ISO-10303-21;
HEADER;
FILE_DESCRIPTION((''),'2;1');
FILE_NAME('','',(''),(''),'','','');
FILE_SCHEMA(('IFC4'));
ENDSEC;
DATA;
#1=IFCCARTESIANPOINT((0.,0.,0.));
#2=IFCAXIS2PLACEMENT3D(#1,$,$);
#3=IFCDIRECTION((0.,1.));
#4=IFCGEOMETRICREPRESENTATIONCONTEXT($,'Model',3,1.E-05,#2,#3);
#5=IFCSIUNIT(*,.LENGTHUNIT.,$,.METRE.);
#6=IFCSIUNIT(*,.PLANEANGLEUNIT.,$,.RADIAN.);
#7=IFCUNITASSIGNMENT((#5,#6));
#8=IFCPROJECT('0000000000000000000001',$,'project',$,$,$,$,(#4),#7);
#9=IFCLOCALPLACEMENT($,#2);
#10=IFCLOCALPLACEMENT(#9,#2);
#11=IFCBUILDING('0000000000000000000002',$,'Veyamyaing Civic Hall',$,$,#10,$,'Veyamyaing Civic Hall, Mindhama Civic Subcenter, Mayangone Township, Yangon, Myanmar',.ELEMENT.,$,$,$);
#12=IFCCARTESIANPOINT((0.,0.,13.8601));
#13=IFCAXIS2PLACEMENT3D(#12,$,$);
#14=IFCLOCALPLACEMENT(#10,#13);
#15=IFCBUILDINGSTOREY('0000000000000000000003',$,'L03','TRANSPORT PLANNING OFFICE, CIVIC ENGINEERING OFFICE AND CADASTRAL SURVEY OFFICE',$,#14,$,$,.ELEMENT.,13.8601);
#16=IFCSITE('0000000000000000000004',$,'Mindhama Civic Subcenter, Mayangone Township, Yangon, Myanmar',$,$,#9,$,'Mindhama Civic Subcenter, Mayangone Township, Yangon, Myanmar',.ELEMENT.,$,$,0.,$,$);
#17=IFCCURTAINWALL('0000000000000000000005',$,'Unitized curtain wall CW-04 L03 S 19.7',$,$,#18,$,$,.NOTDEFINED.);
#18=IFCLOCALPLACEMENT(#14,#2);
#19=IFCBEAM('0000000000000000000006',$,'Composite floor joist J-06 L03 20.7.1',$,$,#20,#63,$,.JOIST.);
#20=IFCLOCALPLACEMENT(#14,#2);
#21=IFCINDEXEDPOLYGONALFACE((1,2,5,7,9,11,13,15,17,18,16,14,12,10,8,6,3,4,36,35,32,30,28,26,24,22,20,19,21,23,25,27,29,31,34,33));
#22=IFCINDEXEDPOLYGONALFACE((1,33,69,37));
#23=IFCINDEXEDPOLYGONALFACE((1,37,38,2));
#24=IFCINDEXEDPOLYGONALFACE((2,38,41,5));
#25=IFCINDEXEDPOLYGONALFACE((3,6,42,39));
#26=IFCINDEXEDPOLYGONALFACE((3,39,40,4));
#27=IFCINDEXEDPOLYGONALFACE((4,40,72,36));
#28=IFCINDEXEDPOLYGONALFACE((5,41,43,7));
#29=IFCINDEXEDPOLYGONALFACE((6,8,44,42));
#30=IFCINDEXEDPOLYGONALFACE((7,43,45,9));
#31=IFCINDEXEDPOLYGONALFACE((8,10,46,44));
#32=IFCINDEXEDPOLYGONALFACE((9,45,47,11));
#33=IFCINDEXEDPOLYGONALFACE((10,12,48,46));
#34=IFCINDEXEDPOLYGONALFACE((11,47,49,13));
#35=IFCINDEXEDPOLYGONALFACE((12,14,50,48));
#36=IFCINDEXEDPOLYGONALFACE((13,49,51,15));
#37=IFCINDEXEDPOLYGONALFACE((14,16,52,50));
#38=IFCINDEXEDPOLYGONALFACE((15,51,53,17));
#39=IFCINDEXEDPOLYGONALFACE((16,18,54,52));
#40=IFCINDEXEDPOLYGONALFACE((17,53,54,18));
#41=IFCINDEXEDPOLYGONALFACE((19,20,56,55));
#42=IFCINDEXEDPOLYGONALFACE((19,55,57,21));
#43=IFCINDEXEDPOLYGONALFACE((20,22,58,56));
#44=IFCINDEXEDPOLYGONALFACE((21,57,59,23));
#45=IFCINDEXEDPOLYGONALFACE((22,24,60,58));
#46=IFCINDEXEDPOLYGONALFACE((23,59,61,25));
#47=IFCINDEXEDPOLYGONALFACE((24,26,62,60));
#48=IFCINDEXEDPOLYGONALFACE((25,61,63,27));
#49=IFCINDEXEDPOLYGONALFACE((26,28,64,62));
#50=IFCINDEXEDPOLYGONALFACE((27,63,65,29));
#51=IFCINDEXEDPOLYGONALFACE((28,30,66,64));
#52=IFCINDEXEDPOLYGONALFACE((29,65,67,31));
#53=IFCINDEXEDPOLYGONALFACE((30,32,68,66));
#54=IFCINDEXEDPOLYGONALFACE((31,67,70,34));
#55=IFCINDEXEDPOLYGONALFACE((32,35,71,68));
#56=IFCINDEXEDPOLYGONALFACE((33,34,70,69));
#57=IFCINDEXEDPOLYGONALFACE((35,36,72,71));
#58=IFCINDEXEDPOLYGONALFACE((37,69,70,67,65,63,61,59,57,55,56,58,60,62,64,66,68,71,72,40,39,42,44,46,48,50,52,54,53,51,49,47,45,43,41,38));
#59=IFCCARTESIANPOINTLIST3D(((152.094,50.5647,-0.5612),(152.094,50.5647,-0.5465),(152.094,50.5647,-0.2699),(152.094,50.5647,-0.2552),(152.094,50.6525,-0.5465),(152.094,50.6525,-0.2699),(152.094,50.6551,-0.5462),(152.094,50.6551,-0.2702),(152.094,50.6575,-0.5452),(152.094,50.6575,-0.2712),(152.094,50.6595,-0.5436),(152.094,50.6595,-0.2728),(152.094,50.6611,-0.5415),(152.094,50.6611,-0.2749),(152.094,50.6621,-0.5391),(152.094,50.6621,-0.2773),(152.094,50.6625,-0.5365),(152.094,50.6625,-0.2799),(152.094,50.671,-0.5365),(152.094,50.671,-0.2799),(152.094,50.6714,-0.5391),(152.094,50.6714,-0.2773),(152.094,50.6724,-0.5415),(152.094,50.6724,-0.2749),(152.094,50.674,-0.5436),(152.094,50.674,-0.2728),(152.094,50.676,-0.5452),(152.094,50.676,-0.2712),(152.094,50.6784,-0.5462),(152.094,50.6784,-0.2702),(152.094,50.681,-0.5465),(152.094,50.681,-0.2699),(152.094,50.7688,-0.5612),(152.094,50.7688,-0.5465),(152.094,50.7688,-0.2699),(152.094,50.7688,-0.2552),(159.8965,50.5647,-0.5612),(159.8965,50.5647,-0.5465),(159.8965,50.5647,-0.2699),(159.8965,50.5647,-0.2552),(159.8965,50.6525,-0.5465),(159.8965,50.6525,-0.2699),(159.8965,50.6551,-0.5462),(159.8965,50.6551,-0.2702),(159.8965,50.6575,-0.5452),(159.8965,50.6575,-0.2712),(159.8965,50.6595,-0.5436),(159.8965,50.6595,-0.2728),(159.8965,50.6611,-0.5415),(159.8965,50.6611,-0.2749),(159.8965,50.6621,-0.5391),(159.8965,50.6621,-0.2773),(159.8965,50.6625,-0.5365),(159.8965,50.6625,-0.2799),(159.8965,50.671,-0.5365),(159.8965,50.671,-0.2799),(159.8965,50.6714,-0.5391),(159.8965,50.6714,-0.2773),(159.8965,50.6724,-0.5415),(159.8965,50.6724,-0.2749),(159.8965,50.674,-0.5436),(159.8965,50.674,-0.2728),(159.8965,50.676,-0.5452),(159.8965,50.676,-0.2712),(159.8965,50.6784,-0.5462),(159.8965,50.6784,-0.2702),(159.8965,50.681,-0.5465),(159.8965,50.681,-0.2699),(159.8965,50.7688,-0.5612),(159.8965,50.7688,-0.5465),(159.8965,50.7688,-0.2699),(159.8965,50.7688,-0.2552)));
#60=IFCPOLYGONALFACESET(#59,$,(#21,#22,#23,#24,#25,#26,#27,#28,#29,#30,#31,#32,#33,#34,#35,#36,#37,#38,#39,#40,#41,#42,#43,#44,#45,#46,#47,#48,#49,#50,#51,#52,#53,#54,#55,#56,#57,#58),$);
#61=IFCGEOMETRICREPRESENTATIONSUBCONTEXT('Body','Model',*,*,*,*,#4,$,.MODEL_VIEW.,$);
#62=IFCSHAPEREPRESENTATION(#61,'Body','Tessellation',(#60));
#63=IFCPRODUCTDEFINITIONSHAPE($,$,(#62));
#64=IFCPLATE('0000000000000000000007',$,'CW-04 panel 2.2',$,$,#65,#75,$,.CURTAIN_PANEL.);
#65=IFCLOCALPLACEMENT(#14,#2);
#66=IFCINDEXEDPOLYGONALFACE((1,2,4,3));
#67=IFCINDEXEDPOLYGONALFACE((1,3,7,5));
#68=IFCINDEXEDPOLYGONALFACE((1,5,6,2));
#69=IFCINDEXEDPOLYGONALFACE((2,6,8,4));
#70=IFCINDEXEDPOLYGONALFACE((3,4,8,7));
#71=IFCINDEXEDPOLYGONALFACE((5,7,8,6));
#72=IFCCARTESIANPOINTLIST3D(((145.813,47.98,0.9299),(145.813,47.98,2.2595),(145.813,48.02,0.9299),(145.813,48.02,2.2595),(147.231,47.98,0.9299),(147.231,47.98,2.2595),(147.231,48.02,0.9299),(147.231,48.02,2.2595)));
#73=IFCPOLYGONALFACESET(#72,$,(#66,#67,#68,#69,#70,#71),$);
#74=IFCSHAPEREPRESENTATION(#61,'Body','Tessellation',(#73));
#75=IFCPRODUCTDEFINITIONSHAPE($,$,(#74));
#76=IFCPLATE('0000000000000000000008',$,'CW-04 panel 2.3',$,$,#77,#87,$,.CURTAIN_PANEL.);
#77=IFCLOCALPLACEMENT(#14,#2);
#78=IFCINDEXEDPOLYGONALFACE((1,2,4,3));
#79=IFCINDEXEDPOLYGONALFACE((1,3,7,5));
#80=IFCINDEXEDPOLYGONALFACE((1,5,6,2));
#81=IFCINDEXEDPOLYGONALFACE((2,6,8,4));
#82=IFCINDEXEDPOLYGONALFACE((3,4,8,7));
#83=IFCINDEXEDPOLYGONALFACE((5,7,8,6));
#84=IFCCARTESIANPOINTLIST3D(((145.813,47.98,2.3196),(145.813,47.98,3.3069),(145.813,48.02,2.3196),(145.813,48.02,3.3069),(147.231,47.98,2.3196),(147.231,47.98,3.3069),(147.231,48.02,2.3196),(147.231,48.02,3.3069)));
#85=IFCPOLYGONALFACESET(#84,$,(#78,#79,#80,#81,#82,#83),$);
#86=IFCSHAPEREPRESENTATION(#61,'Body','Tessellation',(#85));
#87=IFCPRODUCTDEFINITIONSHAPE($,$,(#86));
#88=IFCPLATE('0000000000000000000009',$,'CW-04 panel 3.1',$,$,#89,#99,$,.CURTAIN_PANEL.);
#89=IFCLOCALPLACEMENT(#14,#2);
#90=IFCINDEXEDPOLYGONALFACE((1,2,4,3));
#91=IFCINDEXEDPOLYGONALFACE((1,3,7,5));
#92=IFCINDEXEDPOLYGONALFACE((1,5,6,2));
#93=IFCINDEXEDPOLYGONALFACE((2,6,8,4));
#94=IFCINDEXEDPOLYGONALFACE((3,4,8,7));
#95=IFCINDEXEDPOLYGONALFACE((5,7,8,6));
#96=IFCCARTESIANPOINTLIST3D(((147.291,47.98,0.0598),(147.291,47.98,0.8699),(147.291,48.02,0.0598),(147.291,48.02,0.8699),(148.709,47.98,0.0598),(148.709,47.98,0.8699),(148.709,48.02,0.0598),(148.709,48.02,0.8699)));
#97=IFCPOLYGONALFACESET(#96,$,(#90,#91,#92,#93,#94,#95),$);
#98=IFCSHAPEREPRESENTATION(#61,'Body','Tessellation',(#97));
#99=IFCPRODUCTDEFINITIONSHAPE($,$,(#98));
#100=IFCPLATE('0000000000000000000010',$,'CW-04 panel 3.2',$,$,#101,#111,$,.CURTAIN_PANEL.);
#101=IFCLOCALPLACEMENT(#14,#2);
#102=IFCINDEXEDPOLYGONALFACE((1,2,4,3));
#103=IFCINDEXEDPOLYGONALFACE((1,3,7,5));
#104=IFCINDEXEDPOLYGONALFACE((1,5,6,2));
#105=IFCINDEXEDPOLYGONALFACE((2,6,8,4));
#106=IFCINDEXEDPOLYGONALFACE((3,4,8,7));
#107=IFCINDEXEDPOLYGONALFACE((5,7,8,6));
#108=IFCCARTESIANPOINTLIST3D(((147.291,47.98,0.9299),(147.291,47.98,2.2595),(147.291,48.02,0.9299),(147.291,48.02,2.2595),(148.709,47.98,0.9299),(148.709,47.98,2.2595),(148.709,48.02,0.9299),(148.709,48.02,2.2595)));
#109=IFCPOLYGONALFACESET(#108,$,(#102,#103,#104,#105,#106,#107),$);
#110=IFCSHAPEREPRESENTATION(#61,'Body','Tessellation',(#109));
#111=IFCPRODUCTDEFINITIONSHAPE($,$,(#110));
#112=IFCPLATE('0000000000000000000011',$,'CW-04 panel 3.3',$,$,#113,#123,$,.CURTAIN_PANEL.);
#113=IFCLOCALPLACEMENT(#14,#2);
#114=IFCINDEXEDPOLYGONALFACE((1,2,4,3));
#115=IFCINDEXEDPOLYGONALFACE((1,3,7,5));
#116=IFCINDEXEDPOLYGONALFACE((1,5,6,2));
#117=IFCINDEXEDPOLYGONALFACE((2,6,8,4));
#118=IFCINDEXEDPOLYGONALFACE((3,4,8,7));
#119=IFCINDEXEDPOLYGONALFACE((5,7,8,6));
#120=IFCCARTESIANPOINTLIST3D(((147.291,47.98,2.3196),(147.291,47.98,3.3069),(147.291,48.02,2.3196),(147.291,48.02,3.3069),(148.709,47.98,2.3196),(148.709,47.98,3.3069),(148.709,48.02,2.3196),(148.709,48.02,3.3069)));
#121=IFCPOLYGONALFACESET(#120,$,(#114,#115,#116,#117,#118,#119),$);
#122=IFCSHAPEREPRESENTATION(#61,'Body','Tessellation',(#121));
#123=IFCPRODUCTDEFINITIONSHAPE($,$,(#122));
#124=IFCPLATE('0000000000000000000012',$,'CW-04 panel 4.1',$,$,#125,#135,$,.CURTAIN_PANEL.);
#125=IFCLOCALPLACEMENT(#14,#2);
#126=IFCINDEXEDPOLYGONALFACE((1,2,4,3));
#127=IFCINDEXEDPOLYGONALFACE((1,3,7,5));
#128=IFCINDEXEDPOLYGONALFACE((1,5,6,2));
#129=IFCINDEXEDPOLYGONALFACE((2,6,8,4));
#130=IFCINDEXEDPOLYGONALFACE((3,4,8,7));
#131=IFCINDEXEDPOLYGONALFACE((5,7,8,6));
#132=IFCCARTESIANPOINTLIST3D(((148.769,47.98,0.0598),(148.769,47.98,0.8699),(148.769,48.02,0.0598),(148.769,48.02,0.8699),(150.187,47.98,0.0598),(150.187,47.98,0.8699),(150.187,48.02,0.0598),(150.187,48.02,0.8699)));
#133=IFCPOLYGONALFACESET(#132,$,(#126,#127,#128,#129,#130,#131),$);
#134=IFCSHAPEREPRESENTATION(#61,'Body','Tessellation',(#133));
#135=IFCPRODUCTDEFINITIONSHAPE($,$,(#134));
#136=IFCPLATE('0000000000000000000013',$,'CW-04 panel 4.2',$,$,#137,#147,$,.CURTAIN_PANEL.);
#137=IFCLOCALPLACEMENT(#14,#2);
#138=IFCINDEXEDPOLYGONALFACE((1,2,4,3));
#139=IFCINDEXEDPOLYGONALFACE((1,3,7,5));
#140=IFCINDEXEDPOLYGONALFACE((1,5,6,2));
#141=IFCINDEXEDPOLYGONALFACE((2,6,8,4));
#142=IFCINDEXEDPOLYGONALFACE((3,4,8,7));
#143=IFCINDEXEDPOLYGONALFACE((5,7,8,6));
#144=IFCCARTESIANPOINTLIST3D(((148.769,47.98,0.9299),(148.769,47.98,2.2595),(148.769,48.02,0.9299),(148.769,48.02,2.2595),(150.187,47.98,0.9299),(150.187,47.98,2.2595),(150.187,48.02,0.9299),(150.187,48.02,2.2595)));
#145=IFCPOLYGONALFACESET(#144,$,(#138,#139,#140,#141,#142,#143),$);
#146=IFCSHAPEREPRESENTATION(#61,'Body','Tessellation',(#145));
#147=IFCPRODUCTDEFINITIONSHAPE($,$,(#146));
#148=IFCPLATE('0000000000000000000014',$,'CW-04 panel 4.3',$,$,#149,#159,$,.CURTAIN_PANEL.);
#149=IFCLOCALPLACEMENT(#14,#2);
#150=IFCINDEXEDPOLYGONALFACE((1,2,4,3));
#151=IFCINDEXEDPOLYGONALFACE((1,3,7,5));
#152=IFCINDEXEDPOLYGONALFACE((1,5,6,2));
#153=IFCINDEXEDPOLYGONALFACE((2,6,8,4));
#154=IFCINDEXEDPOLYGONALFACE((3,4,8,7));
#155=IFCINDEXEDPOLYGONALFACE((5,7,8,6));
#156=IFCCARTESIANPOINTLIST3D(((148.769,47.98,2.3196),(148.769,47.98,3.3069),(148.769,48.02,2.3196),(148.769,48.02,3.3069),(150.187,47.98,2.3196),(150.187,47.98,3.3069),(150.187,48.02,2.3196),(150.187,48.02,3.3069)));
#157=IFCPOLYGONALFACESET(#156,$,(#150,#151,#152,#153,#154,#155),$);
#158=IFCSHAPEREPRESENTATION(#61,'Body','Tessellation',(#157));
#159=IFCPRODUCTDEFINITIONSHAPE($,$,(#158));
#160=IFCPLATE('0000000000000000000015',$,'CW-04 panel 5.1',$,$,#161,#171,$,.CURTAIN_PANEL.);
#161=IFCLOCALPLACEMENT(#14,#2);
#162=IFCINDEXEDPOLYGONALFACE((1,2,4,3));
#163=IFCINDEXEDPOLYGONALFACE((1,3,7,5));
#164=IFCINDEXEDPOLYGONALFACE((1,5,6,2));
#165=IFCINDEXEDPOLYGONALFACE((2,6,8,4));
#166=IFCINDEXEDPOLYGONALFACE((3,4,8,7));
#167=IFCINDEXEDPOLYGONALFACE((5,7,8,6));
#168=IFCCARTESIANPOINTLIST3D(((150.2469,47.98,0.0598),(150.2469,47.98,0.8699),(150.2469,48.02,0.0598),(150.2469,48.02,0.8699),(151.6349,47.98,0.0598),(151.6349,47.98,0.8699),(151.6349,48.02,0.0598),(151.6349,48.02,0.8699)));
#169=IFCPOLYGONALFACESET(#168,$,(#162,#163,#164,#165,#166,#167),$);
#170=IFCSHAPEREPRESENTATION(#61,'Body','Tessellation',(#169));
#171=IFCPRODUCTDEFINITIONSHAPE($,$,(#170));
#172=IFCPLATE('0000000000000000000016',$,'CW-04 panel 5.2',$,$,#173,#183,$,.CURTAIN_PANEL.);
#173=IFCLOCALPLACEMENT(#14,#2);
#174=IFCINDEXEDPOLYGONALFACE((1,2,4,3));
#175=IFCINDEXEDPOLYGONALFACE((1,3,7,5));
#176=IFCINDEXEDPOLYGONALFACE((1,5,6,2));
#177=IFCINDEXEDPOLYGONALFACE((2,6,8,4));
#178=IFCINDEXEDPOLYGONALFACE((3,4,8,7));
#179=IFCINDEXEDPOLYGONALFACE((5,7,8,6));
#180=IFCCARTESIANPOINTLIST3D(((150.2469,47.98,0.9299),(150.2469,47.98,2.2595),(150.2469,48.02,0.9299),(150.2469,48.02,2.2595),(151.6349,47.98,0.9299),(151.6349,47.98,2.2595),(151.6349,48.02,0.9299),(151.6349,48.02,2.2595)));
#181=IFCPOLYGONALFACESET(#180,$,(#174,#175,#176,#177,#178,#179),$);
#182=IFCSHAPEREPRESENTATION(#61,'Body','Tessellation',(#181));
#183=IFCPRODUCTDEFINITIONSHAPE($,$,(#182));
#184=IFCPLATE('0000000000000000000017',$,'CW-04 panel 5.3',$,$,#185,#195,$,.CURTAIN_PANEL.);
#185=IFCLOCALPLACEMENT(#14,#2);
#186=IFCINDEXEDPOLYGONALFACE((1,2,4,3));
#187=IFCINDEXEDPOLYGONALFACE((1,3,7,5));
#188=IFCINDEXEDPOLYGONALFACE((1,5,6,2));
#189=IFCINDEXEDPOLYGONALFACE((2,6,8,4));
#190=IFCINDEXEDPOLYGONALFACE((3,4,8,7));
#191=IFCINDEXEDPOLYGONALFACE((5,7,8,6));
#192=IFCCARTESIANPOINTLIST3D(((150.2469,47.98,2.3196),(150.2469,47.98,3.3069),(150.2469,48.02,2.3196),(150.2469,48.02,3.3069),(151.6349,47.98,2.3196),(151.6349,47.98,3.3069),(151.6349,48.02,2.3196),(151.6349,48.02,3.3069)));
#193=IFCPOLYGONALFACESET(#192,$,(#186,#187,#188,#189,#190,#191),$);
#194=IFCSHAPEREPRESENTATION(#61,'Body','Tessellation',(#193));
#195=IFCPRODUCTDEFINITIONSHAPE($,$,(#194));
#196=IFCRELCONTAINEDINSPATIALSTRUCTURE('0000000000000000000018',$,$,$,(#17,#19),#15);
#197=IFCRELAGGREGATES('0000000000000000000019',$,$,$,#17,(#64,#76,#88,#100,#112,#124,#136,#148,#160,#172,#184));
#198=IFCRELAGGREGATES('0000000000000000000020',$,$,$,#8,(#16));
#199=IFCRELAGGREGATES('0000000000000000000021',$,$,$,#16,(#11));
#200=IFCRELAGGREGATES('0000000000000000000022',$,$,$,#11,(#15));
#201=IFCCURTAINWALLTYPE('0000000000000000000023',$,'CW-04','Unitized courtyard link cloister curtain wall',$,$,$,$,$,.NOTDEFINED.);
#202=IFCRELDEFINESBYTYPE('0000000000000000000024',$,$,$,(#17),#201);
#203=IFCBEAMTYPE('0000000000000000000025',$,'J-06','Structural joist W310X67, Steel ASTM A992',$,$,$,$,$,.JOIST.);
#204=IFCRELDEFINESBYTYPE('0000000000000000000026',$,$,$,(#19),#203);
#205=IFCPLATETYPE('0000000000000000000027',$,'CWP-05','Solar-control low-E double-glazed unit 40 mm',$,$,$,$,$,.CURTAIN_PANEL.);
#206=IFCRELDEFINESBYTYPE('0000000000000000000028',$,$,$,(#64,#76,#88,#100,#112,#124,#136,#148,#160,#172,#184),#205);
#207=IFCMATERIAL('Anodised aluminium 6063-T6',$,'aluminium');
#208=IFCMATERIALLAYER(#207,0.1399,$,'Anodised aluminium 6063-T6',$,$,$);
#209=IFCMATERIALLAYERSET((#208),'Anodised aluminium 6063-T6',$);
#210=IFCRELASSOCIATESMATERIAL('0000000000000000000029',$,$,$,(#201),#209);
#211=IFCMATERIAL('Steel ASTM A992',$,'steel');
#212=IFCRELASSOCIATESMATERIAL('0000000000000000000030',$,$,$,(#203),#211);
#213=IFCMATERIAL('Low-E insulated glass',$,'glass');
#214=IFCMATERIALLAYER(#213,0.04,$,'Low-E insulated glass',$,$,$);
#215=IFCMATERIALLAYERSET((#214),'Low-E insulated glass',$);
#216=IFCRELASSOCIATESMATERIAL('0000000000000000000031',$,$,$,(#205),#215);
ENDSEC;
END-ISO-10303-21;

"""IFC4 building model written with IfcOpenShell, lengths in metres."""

from ifc_helpers import new_model, si_unit, direction, frame, origin, origin_2d, place, context, subcontext, project, spatial, rectangle, i_section, extrude, material, layer, layer_set, material_profile, profile_set, type_object, element, aggregate, save


model = new_model("IFC4")

# Units and contexts
model_context = context("Model", 3, precision=1e-05, world=origin(), true_north=direction((0.0, 1.0)))
body_context = subcontext(model_context, "Body", "Model", "MODEL_VIEW")
ifc_project = project(units=[si_unit("LENGTHUNIT", "METRE"), si_unit("PLANEANGLEUNIT", "RADIAN")], contexts=[model_context])

# Site, building, storey
site_placement = place(None, origin())
site = spatial("IfcSite", under=ifc_project, at=site_placement, Name="Mindhama Civic Subcenter, Mayangone Township, Yangon, Myanmar", LongName="Mindhama Civic Subcenter, Mayangone Township, Yangon, Myanmar", CompositionType="ELEMENT", RefElevation=0.0)
building_placement = place(site_placement, origin())
building = spatial("IfcBuilding", under=site, at=building_placement, Name="Veyamyaing Civic Hall", LongName="Veyamyaing Civic Hall, Mindhama Civic Subcenter, Mayangone Township, Yangon, Myanmar", CompositionType="ELEMENT")
storey_placement = place(building_placement, frame((0.0, 0.0, 13.8601)))
storey = spatial("IfcBuildingStorey", under=building, at=storey_placement, Name="L03", Description="TRANSPORT PLANNING OFFICE, CIVIC ENGINEERING OFFICE AND CADASTRAL SURVEY OFFICE", CompositionType="ELEMENT", Elevation=13.8601)

# Shared definitions
ifc_material_1 = material(Name="Steel ASTM A992", Category="steel")

# Curtain wall
ifc_material_2 = material(Name="Anodised aluminium 6063-T6", Category="aluminium")
ifc_layer_1 = layer(ifc_material_2, 0.1399, Name="Anodised aluminium 6063-T6")
ifc_layer_set_1 = layer_set([ifc_layer_1], Name="Anodised aluminium 6063-T6")
curtain_wall_type = type_object("IfcCurtainWallType", Name="CW-04", Description="Unitized courtyard link cloister curtain wall", PredefinedType="NOTDEFINED", material=ifc_layer_set_1)
curtain_wall_1_placement = place(storey_placement, origin())
curtain_wall_1 = element("IfcCurtainWall", 1, at=curtain_wall_1_placement, inside=storey, type_object=curtain_wall_type, Name="Unitized curtain wall CW-04 L03 S 19.7", PredefinedType="NOTDEFINED")

# Beam
ifc_material_profile_1 = material_profile(ifc_material_1, i_section(OverallWidth=0.2041, OverallDepth=0.3059, WebThickness=0.0085, FlangeThickness=0.0146, FilletRadius=0.01, at=origin_2d()), Name="W310X67")
ifc_profile_set_1 = profile_set([ifc_material_profile_1], Name="Steel ASTM A992")
beam_type_1 = type_object("IfcBeamType", Name="J-06", Description="Structural joist W310X67, Steel ASTM A992", PredefinedType="JOIST", material=ifc_profile_set_1)
beam_1_placement = place(storey_placement, frame((152.094, 50.6667, -0.4082), z_axis=(1.0, 0.0, 0.0), x_axis=(0.0, 1.0, 0.0)))
element("IfcBeam", 2, at=beam_1_placement, inside=storey, type_object=beam_type_1, Name="Composite floor joist J-06 L03 20.7.1", PredefinedType="JOIST", context=body_context, shape_type="SweptSolid", body=[
    extrude(i_section(OverallWidth=0.2041, OverallDepth=0.3059, WebThickness=0.0085, FlangeThickness=0.0146, FilletRadius=0.01, at=origin_2d()), origin(), (0.0, 0.0, 1.0), 7.8025),
])

# Plates
ifc_material_3 = material(Name="Low-E insulated glass", Category="glass")
ifc_layer_2 = layer(ifc_material_3, 0.04, Name="Low-E insulated glass")
ifc_layer_set_2 = layer_set([ifc_layer_2], Name="Low-E insulated glass")
plate_type = type_object("IfcPlateType", Name="CWP-05", Description="Solar-control low-E double-glazed unit 40 mm", PredefinedType="CURTAIN_PANEL", material=ifc_layer_set_2)
plate_1_placement = place(storey_placement, frame((146.522, 48.0, 0.9299), z_axis=(0.0, 0.0, 1.0), x_axis=(1.0, 0.0, 0.0)))
plate_1 = element("IfcPlate", 3, at=plate_1_placement, type_object=plate_type, Name="CW-04 panel 2.2", PredefinedType="CURTAIN_PANEL", context=body_context, shape_type="SweptSolid", body=[
    extrude(rectangle(XDim=1.418, YDim=0.04, at=origin_2d()), origin(), (0.0, 0.0, 1.0), 1.3296),
])
plate_2_placement = place(storey_placement, frame((146.522, 48.0, 2.3196), z_axis=(0.0, 0.0, 1.0), x_axis=(1.0, 0.0, 0.0)))
plate_2 = element("IfcPlate", 4, at=plate_2_placement, type_object=plate_type, Name="CW-04 panel 2.3", PredefinedType="CURTAIN_PANEL", context=body_context, shape_type="SweptSolid", body=[
    extrude(rectangle(XDim=1.418, YDim=0.04, at=origin_2d()), origin(), (0.0, 0.0, 1.0), 0.9873),
])
plate_3_placement = place(storey_placement, frame((148.0, 48.0, 0.0598), z_axis=(0.0, 0.0, 1.0), x_axis=(1.0, 0.0, 0.0)))
plate_3 = element("IfcPlate", 5, at=plate_3_placement, type_object=plate_type, Name="CW-04 panel 3.1", PredefinedType="CURTAIN_PANEL", context=body_context, shape_type="SweptSolid", body=[
    extrude(rectangle(XDim=1.418, YDim=0.04, at=origin_2d()), origin(), (0.0, 0.0, 1.0), 0.8101),
])
plate_4_placement = place(storey_placement, frame((148.0, 48.0, 0.9299), z_axis=(0.0, 0.0, 1.0), x_axis=(1.0, 0.0, 0.0)))
plate_4 = element("IfcPlate", 6, at=plate_4_placement, type_object=plate_type, Name="CW-04 panel 3.2", PredefinedType="CURTAIN_PANEL", context=body_context, shape_type="SweptSolid", body=[
    extrude(rectangle(XDim=1.418, YDim=0.04, at=origin_2d()), origin(), (0.0, 0.0, 1.0), 1.3296),
])
plate_5_placement = place(storey_placement, frame((148.0, 48.0, 2.3196), z_axis=(0.0, 0.0, 1.0), x_axis=(1.0, 0.0, 0.0)))
plate_5 = element("IfcPlate", 7, at=plate_5_placement, type_object=plate_type, Name="CW-04 panel 3.3", PredefinedType="CURTAIN_PANEL", context=body_context, shape_type="SweptSolid", body=[
    extrude(rectangle(XDim=1.418, YDim=0.04, at=origin_2d()), origin(), (0.0, 0.0, 1.0), 0.9873),
])
plate_6_placement = place(storey_placement, frame((149.478, 48.0, 0.0598), z_axis=(0.0, 0.0, 1.0), x_axis=(1.0, 0.0, 0.0)))
plate_6 = element("IfcPlate", 8, at=plate_6_placement, type_object=plate_type, Name="CW-04 panel 4.1", PredefinedType="CURTAIN_PANEL", context=body_context, shape_type="SweptSolid", body=[
    extrude(rectangle(XDim=1.418, YDim=0.04, at=origin_2d()), origin(), (0.0, 0.0, 1.0), 0.8101),
])
plate_7_placement = place(storey_placement, frame((149.478, 48.0, 0.9299), z_axis=(0.0, 0.0, 1.0), x_axis=(1.0, 0.0, 0.0)))
plate_7 = element("IfcPlate", 9, at=plate_7_placement, type_object=plate_type, Name="CW-04 panel 4.2", PredefinedType="CURTAIN_PANEL", context=body_context, shape_type="SweptSolid", body=[
    extrude(rectangle(XDim=1.418, YDim=0.04, at=origin_2d()), origin(), (0.0, 0.0, 1.0), 1.3296),
])
plate_8_placement = place(storey_placement, frame((149.478, 48.0, 2.3196), z_axis=(0.0, 0.0, 1.0), x_axis=(1.0, 0.0, 0.0)))
plate_8 = element("IfcPlate", 10, at=plate_8_placement, type_object=plate_type, Name="CW-04 panel 4.3", PredefinedType="CURTAIN_PANEL", context=body_context, shape_type="SweptSolid", body=[
    extrude(rectangle(XDim=1.418, YDim=0.04, at=origin_2d()), origin(), (0.0, 0.0, 1.0), 0.9873),
])
plate_9_placement = place(storey_placement, frame((150.9409, 48.0, 0.0598), z_axis=(0.0, 0.0, 1.0), x_axis=(1.0, 0.0, 0.0)))
plate_9 = element("IfcPlate", 11, at=plate_9_placement, type_object=plate_type, Name="CW-04 panel 5.1", PredefinedType="CURTAIN_PANEL", context=body_context, shape_type="SweptSolid", body=[
    extrude(rectangle(XDim=1.3879, YDim=0.04, at=origin_2d()), origin(), (0.0, 0.0, 1.0), 0.8101),
])
plate_10_placement = place(storey_placement, frame((150.9409, 48.0, 0.9299), z_axis=(0.0, 0.0, 1.0), x_axis=(1.0, 0.0, 0.0)))
plate_10 = element("IfcPlate", 12, at=plate_10_placement, type_object=plate_type, Name="CW-04 panel 5.2", PredefinedType="CURTAIN_PANEL", context=body_context, shape_type="SweptSolid", body=[
    extrude(rectangle(XDim=1.3879, YDim=0.04, at=origin_2d()), origin(), (0.0, 0.0, 1.0), 1.3296),
])
plate_11_placement = place(storey_placement, frame((150.9409, 48.0, 2.3196), z_axis=(0.0, 0.0, 1.0), x_axis=(1.0, 0.0, 0.0)))
plate_11 = element("IfcPlate", 13, at=plate_11_placement, type_object=plate_type, Name="CW-04 panel 5.3", PredefinedType="CURTAIN_PANEL", context=body_context, shape_type="SweptSolid", body=[
    extrude(rectangle(XDim=1.3879, YDim=0.04, at=origin_2d()), origin(), (0.0, 0.0, 1.0), 0.9873),
])
aggregate(curtain_wall_1, [plate_1, plate_2, plate_3, plate_4, plate_5, plate_6, plate_7, plate_8, plate_9, plate_10, plate_11])

save(model, "model.ifc")
